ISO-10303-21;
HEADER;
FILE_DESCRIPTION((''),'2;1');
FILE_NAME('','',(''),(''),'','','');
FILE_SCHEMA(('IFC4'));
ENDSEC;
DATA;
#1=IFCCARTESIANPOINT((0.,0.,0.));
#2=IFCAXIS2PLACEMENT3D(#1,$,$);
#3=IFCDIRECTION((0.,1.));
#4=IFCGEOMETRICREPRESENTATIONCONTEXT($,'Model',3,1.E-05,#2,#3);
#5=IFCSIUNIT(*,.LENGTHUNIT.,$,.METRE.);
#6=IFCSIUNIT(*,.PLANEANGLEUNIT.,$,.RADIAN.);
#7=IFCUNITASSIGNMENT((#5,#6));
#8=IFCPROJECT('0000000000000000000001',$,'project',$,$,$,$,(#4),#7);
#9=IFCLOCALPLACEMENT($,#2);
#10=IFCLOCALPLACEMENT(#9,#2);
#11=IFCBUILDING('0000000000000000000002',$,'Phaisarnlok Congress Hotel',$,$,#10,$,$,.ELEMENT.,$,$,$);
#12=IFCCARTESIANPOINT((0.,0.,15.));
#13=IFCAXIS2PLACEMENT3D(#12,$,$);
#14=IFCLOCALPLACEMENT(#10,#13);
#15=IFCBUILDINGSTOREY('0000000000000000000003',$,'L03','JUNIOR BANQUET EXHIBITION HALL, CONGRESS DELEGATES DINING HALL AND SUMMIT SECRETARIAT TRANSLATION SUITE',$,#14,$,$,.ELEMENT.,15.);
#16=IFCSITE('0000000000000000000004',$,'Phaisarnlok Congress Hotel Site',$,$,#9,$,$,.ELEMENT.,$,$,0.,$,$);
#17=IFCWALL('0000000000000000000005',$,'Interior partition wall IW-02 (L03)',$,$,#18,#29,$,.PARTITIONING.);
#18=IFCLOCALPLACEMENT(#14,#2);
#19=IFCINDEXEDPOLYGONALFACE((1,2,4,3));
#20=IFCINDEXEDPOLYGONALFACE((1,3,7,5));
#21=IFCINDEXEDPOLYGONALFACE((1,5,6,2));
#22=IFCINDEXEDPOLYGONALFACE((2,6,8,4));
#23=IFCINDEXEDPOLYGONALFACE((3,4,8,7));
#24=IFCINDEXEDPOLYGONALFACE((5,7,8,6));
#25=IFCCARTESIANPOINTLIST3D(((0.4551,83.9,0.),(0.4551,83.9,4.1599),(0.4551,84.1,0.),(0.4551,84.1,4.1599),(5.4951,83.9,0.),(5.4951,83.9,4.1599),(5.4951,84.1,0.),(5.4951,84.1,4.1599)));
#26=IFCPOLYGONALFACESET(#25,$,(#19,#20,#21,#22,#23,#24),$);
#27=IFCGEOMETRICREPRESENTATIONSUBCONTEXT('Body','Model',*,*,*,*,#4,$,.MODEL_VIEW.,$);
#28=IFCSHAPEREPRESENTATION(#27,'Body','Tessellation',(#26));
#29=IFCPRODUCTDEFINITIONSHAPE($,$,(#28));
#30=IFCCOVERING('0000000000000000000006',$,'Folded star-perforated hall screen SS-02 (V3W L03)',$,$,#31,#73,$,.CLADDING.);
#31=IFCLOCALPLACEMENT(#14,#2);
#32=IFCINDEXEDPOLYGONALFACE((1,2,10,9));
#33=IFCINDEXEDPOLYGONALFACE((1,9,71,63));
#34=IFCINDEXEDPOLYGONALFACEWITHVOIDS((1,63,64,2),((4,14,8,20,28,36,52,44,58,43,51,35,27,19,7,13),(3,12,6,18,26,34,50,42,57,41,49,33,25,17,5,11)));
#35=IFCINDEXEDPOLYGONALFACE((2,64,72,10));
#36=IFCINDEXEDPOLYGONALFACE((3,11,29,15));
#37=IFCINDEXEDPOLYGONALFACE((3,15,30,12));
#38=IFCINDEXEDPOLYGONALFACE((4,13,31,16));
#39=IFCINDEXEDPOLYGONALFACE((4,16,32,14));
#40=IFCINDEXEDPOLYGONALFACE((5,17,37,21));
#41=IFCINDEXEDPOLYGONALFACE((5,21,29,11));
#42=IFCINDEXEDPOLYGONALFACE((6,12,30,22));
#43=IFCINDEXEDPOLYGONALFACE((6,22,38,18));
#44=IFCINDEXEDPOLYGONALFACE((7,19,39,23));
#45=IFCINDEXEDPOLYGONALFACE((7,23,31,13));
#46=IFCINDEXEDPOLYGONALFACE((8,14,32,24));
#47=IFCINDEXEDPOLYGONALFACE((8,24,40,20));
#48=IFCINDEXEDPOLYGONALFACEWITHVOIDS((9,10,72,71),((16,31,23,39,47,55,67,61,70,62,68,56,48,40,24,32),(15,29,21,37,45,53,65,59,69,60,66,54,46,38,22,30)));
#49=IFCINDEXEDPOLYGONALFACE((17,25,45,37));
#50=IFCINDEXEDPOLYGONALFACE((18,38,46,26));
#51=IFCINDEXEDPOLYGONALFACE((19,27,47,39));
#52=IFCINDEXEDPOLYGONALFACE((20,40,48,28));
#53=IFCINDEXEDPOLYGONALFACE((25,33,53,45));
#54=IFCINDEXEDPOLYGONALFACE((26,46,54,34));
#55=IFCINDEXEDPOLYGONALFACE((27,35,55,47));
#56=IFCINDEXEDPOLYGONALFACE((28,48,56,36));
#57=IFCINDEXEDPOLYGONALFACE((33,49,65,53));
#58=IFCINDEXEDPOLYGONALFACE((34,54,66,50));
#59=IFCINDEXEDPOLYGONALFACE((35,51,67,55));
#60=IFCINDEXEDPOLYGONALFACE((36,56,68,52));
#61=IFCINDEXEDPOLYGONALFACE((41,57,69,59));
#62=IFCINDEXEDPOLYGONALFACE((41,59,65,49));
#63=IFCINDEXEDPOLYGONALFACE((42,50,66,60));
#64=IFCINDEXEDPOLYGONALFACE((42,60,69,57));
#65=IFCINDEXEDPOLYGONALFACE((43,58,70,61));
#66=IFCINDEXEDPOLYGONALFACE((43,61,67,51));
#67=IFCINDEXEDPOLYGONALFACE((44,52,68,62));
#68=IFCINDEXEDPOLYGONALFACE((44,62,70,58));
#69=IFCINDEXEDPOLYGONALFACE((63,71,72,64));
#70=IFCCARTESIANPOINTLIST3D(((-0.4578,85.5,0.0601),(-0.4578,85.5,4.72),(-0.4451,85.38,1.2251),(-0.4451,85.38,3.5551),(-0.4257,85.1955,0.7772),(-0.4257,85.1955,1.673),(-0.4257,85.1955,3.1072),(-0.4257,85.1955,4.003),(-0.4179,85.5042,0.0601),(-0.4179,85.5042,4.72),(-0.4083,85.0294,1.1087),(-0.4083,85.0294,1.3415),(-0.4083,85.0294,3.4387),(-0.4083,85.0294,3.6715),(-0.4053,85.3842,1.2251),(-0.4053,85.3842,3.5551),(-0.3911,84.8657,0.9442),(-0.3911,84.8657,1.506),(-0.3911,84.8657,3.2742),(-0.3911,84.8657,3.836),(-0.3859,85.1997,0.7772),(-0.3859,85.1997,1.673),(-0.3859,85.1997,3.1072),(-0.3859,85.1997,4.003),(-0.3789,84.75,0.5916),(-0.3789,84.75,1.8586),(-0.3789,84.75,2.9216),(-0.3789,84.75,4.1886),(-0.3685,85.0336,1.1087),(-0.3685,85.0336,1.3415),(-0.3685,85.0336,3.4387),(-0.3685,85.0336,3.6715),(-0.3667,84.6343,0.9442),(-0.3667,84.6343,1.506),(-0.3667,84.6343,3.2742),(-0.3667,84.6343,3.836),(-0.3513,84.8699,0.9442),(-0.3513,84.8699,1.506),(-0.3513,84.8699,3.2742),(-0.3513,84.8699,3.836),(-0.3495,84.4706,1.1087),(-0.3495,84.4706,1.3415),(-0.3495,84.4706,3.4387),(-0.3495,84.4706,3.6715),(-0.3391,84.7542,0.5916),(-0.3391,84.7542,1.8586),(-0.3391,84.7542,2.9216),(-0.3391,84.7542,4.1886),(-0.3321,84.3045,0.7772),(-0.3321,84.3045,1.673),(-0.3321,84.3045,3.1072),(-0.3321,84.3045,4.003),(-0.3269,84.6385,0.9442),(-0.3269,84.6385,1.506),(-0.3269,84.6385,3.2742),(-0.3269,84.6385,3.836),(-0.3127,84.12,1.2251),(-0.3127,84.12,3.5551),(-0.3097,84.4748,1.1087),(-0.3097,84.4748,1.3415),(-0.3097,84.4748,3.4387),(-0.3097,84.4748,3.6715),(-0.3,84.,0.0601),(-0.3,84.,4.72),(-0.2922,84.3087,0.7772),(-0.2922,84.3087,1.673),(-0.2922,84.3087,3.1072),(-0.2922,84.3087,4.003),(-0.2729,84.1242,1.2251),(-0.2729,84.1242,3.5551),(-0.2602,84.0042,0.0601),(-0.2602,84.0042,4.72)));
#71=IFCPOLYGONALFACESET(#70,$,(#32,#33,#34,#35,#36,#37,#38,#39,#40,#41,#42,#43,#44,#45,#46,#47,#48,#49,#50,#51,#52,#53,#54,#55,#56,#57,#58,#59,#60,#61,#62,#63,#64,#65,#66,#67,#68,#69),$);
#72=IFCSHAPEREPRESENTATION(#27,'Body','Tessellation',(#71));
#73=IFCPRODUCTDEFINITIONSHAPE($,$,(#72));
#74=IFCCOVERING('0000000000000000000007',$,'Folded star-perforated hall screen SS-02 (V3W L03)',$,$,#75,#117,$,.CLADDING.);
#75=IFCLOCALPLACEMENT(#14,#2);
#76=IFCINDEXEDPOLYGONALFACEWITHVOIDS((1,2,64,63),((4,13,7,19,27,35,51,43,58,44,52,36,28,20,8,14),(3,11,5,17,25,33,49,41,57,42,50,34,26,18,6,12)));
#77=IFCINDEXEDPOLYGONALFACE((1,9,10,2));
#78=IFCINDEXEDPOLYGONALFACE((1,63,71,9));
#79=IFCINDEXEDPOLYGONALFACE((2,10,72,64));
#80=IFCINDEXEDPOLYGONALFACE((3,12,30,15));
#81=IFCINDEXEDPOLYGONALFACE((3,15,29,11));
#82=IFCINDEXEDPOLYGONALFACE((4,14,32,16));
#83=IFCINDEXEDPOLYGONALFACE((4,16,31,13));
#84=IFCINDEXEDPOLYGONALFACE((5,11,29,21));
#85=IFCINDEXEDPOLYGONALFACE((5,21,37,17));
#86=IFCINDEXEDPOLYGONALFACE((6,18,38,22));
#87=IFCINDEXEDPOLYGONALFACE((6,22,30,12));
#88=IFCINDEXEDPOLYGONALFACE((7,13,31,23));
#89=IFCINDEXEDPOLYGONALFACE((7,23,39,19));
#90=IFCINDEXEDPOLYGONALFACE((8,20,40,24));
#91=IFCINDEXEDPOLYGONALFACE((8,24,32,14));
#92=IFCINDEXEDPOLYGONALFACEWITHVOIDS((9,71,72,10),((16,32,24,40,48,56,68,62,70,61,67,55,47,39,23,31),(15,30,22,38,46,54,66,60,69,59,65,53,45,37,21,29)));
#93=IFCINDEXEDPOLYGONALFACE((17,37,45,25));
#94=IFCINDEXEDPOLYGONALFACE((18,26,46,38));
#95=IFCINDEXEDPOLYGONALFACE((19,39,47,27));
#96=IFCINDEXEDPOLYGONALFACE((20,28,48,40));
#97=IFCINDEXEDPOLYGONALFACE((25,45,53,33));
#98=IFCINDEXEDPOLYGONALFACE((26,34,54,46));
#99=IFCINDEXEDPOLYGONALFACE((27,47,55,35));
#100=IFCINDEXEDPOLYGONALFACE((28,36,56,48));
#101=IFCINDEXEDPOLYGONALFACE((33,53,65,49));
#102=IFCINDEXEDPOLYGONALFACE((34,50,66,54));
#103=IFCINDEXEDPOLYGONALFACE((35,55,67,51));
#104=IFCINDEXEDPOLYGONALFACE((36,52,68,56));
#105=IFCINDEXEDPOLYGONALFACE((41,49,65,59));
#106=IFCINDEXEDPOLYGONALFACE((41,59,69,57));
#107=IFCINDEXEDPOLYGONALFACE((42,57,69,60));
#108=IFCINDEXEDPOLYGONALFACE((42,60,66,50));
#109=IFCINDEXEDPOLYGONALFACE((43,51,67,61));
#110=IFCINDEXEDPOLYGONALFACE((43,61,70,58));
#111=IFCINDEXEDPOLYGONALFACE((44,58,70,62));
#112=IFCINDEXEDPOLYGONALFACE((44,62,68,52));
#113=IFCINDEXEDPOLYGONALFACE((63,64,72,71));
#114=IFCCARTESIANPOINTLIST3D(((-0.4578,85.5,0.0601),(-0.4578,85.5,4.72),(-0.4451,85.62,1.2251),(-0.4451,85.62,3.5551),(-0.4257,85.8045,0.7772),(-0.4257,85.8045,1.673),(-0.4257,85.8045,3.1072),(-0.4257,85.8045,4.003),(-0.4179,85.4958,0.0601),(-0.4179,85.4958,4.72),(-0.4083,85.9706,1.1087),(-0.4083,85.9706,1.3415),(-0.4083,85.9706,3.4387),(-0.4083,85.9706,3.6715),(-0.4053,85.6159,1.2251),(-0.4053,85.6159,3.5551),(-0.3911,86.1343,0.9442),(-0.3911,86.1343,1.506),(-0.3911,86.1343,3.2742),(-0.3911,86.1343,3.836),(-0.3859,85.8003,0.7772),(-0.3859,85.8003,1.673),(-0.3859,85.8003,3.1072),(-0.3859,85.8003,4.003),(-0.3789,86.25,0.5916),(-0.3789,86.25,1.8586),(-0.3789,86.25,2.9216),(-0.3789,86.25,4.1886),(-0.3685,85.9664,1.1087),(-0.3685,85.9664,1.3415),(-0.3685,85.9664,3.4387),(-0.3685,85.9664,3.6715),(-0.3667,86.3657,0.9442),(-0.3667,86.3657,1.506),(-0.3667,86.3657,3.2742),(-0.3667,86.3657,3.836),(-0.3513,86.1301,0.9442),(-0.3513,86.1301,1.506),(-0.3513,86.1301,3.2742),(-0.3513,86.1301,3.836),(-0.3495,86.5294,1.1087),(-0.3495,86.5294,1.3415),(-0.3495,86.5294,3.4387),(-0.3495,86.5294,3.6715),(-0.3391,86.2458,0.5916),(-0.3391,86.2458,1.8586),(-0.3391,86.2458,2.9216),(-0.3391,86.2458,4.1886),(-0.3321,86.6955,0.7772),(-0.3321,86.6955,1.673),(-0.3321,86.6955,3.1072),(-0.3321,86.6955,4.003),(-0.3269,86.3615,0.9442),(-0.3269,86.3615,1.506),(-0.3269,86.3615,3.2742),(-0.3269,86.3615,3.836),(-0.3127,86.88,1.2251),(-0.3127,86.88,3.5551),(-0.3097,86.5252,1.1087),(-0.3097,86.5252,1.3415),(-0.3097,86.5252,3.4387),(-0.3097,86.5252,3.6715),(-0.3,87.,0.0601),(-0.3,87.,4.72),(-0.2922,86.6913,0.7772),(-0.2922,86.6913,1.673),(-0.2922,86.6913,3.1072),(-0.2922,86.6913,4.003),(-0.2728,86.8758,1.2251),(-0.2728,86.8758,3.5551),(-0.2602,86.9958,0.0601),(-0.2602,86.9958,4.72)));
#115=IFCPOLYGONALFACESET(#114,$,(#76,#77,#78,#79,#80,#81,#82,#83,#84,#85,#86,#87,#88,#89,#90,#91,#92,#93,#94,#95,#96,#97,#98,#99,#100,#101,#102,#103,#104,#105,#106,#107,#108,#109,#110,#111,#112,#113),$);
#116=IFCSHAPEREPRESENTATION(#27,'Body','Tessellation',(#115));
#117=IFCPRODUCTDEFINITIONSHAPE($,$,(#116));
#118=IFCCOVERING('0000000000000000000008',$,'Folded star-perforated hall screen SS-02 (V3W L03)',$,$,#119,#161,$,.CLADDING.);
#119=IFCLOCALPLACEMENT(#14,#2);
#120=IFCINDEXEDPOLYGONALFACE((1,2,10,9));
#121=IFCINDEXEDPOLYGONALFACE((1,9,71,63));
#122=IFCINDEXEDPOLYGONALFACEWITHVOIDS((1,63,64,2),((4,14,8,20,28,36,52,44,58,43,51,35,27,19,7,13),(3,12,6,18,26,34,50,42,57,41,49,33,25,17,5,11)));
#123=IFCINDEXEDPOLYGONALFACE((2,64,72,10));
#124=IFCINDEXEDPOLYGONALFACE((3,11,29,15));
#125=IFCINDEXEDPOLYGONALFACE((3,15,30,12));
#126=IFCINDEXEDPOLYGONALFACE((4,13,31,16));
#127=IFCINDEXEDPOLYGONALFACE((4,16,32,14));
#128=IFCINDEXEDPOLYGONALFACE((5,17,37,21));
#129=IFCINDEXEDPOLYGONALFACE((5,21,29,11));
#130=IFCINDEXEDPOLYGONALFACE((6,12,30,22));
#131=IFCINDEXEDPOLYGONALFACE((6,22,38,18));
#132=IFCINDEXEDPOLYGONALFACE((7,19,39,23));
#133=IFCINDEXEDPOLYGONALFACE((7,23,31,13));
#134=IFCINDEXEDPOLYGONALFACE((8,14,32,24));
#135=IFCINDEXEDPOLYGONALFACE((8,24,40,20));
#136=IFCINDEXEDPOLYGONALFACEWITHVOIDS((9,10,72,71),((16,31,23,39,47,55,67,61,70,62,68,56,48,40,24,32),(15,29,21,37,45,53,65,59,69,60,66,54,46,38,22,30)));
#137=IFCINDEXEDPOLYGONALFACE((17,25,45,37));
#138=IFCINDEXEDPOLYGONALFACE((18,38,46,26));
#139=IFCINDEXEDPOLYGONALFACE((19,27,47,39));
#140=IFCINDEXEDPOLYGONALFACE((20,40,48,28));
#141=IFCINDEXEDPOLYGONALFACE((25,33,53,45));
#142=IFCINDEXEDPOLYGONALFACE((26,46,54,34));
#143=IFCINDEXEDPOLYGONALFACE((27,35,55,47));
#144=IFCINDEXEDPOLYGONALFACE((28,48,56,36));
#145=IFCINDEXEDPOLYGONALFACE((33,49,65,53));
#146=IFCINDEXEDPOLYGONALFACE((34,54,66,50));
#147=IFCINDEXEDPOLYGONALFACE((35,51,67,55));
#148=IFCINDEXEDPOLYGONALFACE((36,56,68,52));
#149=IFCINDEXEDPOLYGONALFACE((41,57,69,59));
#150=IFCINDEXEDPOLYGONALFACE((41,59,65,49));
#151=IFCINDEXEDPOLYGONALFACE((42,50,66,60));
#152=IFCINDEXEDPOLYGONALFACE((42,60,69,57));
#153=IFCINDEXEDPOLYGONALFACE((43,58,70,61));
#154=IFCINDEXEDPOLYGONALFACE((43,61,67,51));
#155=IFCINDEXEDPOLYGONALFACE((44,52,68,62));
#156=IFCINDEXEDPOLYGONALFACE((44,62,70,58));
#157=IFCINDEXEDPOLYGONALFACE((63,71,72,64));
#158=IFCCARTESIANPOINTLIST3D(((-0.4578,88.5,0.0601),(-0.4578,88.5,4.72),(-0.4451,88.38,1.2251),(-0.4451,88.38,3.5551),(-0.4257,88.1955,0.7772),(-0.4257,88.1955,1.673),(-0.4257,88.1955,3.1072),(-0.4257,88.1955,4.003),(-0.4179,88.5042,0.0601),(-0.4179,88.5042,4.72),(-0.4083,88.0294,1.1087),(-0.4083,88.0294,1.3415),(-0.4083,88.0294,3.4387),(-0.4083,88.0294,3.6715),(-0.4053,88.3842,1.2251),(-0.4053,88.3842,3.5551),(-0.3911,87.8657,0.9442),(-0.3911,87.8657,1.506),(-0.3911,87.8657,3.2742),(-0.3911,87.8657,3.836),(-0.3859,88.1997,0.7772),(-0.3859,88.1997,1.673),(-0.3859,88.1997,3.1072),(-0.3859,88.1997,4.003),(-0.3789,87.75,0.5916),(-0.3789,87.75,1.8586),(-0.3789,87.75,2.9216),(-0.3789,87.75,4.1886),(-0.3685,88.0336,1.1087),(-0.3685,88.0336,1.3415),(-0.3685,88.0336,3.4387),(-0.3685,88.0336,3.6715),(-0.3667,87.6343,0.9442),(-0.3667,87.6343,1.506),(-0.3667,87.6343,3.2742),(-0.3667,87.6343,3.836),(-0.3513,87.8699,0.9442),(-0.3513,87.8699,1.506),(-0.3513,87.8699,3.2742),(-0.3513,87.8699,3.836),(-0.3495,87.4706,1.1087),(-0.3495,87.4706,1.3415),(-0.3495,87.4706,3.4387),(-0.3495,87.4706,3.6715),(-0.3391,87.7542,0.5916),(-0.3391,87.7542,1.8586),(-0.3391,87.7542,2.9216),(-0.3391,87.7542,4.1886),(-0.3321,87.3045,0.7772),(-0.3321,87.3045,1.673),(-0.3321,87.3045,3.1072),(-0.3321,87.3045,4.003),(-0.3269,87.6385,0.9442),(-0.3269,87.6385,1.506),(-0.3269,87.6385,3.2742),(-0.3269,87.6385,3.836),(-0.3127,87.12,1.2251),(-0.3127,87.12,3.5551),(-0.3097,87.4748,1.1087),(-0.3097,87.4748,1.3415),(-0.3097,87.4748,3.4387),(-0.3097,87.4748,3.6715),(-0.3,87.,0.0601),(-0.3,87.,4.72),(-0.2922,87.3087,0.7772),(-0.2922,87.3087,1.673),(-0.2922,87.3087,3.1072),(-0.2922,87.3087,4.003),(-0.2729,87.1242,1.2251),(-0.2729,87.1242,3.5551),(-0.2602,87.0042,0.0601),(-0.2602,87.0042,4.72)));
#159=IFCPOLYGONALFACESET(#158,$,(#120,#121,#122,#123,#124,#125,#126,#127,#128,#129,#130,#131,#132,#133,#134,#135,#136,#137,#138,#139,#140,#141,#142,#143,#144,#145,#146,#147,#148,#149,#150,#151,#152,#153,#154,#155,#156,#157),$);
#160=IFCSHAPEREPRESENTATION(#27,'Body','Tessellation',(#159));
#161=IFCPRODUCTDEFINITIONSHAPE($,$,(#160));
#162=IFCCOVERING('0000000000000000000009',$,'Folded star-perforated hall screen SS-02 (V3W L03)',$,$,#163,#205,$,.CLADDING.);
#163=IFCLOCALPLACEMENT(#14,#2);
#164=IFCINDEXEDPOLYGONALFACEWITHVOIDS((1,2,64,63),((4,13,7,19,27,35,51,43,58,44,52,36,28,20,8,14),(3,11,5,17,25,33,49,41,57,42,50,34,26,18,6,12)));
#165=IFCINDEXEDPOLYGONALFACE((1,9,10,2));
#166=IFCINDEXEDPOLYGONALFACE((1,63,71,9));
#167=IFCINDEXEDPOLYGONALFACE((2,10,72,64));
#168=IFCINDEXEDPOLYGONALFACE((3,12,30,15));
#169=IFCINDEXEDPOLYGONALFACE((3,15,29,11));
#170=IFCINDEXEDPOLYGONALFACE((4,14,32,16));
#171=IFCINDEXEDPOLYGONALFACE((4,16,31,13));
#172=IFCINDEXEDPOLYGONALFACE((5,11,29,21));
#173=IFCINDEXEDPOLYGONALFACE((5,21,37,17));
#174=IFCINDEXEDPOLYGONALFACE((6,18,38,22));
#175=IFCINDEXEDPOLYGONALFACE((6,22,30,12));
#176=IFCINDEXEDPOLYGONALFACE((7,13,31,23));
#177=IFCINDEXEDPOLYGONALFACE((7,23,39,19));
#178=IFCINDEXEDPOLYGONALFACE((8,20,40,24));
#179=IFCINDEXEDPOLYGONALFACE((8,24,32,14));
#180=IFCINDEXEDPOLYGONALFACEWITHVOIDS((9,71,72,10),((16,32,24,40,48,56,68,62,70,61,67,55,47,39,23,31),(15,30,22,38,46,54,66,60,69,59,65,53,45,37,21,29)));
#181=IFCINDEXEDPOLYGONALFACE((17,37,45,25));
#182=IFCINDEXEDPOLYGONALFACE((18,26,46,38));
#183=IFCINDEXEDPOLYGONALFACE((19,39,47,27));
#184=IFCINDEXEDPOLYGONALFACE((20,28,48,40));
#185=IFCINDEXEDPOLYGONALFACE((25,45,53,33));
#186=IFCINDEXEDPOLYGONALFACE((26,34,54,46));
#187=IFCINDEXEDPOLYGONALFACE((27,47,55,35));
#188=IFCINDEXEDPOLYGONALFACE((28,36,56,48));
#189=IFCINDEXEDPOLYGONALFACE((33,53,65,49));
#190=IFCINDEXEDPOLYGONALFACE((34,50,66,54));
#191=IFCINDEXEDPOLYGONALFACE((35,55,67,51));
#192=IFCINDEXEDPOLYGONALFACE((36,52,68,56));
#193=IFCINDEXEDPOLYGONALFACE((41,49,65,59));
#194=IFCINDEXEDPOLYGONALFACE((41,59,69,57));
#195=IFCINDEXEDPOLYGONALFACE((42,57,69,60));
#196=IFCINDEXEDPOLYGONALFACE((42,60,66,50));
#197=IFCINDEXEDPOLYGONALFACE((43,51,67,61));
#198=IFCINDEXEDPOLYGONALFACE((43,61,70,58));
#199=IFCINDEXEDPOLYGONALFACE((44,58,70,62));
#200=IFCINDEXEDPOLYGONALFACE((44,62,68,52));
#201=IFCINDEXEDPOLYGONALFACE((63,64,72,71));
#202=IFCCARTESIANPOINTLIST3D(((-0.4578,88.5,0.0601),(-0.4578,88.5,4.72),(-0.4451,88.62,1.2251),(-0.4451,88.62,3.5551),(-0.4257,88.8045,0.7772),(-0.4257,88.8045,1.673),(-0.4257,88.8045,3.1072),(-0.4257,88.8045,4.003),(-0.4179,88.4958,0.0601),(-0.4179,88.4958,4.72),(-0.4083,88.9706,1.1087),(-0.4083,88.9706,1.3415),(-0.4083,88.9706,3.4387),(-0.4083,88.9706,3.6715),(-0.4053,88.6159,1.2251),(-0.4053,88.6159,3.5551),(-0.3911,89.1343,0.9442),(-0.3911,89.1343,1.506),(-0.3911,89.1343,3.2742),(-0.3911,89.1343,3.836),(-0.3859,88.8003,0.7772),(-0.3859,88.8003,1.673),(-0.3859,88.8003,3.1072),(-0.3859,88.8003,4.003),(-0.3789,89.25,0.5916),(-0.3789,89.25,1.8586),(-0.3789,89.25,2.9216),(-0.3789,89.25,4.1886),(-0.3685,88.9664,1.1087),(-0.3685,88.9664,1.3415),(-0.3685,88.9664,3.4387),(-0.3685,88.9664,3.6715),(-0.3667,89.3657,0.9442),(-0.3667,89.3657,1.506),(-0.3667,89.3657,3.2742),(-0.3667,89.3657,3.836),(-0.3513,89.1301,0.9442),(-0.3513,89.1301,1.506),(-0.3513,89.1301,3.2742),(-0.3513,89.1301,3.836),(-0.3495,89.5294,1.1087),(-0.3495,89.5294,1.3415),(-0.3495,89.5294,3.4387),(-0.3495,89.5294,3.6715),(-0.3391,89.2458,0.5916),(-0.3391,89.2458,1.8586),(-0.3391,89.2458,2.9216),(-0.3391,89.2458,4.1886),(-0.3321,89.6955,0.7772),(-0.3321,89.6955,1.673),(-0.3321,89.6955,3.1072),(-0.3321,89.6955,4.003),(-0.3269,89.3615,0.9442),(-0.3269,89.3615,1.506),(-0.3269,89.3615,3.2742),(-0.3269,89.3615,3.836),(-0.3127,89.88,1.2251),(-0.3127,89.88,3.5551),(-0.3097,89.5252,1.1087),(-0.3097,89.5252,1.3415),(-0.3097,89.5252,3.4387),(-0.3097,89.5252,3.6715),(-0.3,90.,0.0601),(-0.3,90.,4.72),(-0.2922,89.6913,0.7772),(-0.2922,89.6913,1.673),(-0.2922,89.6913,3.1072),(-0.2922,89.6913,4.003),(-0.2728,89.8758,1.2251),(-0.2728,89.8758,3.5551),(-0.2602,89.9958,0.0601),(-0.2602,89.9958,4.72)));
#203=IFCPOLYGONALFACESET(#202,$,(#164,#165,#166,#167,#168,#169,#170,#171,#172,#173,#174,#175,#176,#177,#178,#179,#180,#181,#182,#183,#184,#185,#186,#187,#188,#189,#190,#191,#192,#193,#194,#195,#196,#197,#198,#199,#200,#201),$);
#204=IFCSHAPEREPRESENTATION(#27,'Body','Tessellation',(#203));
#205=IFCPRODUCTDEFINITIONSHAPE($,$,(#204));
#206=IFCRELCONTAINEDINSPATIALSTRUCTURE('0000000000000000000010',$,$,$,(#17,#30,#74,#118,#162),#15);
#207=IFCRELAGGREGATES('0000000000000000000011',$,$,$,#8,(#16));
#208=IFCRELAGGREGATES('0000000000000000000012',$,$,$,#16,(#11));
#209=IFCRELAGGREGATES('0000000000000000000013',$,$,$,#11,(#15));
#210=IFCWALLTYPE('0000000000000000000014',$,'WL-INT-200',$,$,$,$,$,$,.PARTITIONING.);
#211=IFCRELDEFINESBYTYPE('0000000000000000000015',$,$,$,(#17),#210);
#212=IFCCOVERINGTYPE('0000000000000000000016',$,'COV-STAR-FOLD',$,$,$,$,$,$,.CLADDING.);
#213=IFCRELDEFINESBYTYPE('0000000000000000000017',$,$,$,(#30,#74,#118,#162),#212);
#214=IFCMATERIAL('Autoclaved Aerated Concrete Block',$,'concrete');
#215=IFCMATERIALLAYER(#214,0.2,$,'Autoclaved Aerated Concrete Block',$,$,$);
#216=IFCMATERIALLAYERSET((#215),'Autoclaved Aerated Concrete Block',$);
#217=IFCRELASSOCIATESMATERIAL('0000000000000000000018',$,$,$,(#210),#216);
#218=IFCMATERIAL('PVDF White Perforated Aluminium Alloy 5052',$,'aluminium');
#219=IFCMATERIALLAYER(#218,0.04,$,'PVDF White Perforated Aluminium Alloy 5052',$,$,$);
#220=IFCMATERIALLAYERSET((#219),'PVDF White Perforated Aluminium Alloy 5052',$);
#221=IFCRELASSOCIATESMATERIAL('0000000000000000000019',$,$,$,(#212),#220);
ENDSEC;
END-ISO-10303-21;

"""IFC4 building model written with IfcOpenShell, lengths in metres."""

from ifc_helpers import new_model, si_unit, direction, frame, frame_2d, origin, place, context, subcontext, project, spatial, polyline, rectangle, outline, extrude, material, layer, layer_set, type_object, element, save


model = new_model("IFC4")

# Units and contexts
model_context = context("Model", 3, precision=1e-05, world=origin(), true_north=direction((0.0, 1.0)))
body_context = subcontext(model_context, "Body", "Model", "MODEL_VIEW")
ifc_project = project(units=[si_unit("LENGTHUNIT", "METRE"), si_unit("PLANEANGLEUNIT", "RADIAN")], contexts=[model_context])

# Site, building, storey
site_placement = place(None, origin())
site = spatial("IfcSite", under=ifc_project, at=site_placement, Name="Phaisarnlok Congress Hotel Site", CompositionType="ELEMENT", RefElevation=0.0)
building_placement = place(site_placement, origin())
building = spatial("IfcBuilding", under=site, at=building_placement, Name="Phaisarnlok Congress Hotel", CompositionType="ELEMENT")
storey_placement = place(building_placement, frame((0.0, 0.0, 15.0)))
storey = spatial("IfcBuildingStorey", under=building, at=storey_placement, Name="L03", Description="JUNIOR BANQUET EXHIBITION HALL, CONGRESS DELEGATES DINING HALL AND SUMMIT SECRETARIAT TRANSLATION SUITE", CompositionType="ELEMENT", Elevation=15.0)

# Wall
ifc_material_1 = material(Name="Autoclaved Aerated Concrete Block", Category="concrete")
ifc_layer_1 = layer(ifc_material_1, 0.2, Name="Autoclaved Aerated Concrete Block")
ifc_layer_set_1 = layer_set([ifc_layer_1], Name="Autoclaved Aerated Concrete Block")
wall_type_1 = type_object("IfcWallType", Name="WL-INT-200", PredefinedType="PARTITIONING", material=ifc_layer_set_1)
wall_1_placement = place(storey_placement, frame((0.4551, 84.0, 0.0), z_axis=(0.0, 0.0, 1.0), x_axis=(1.0, 0.0, 0.0)))
element("IfcWall", 1, at=wall_1_placement, inside=storey, type_object=wall_type_1, Name="Interior partition wall IW-02 (L03)", PredefinedType="PARTITIONING", context=body_context, shape_type="SweptSolid", body=[
    extrude(rectangle(XDim=5.04, YDim=0.2, at=frame_2d((2.52, 0.0))), origin(), (0.0, 0.0, 1.0), 4.1599),
])

# Coverings
ifc_material_2 = material(Name="PVDF White Perforated Aluminium Alloy 5052", Category="aluminium")
ifc_layer_2 = layer(ifc_material_2, 0.04, Name="PVDF White Perforated Aluminium Alloy 5052")
ifc_layer_set_2 = layer_set([ifc_layer_2], Name="PVDF White Perforated Aluminium Alloy 5052")
covering_type = type_object("IfcCoveringType", Name="COV-STAR-FOLD", PredefinedType="CLADDING", material=ifc_layer_set_2)
for number, where, z_axis, x_axis, name in (
    (2, (-0.3, 84.0, 0.0601), (0.994518, 0.104567, 0.0), (-0.104567, 0.994518, 0.0), "Folded star-perforated hall screen SS-02 (V3W L03)"),
    (3, (-0.4578, 85.5, 0.0601), (0.994518, -0.104567, 0.0), (0.104567, 0.994518, 0.0), "Folded star-perforated hall screen SS-02 (V3W L03)"),
    (4, (-0.3, 87.0, 0.0601), (0.994518, 0.104567, 0.0), (-0.104567, 0.994518, 0.0), "Folded star-perforated hall screen SS-02 (V3W L03)"),
    (5, (-0.4578, 88.5, 0.0601), (0.994518, -0.104567, 0.0), (0.104567, 0.994518, 0.0), "Folded star-perforated hall screen SS-02 (V3W L03)"),
):
    element("IfcCovering", number, at=place(storey_placement, frame(where, z_axis=z_axis, x_axis=x_axis)), inside=storey, type_object=covering_type, Name=name, PredefinedType="CLADDING", context=body_context, shape_type="SweptSolid", body=[
        extrude(outline(polyline([(0.0, 0.0), (1.5083, 0.0), (1.5083, 4.6599), (0.0, 4.6599), (0.0, 0.0)]), holes=[polyline([(1.0351, 1.0486), (1.2021, 0.7171), (0.8705, 0.8841), (0.7541, 0.5315), (0.6378, 0.8841), (0.3062, 0.7171), (0.4732, 1.0486), (0.1207, 1.165), (0.4732, 1.2814), (0.3062, 1.6129), (0.6378, 1.4459), (0.7541, 1.7985), (0.8705, 1.4459), (1.2021, 1.6129), (1.0351, 1.2814), (1.3876, 1.165), (1.0351, 1.0486)]), polyline([(1.0351, 3.3786), (1.2021, 3.0471), (0.8705, 3.2141), (0.7541, 2.8615), (0.6378, 3.2141), (0.3062, 3.0471), (0.4732, 3.3786), (0.1207, 3.495), (0.4732, 3.6114), (0.3062, 3.9429), (0.6378, 3.7759), (0.7541, 4.1285), (0.8705, 3.7759), (1.2021, 3.9429), (1.0351, 3.6114), (1.3876, 3.495), (1.0351, 3.3786)])]), origin(), (0.0, 0.0, 1.0), 0.04),
    ])

save(model, "model.ifc")
